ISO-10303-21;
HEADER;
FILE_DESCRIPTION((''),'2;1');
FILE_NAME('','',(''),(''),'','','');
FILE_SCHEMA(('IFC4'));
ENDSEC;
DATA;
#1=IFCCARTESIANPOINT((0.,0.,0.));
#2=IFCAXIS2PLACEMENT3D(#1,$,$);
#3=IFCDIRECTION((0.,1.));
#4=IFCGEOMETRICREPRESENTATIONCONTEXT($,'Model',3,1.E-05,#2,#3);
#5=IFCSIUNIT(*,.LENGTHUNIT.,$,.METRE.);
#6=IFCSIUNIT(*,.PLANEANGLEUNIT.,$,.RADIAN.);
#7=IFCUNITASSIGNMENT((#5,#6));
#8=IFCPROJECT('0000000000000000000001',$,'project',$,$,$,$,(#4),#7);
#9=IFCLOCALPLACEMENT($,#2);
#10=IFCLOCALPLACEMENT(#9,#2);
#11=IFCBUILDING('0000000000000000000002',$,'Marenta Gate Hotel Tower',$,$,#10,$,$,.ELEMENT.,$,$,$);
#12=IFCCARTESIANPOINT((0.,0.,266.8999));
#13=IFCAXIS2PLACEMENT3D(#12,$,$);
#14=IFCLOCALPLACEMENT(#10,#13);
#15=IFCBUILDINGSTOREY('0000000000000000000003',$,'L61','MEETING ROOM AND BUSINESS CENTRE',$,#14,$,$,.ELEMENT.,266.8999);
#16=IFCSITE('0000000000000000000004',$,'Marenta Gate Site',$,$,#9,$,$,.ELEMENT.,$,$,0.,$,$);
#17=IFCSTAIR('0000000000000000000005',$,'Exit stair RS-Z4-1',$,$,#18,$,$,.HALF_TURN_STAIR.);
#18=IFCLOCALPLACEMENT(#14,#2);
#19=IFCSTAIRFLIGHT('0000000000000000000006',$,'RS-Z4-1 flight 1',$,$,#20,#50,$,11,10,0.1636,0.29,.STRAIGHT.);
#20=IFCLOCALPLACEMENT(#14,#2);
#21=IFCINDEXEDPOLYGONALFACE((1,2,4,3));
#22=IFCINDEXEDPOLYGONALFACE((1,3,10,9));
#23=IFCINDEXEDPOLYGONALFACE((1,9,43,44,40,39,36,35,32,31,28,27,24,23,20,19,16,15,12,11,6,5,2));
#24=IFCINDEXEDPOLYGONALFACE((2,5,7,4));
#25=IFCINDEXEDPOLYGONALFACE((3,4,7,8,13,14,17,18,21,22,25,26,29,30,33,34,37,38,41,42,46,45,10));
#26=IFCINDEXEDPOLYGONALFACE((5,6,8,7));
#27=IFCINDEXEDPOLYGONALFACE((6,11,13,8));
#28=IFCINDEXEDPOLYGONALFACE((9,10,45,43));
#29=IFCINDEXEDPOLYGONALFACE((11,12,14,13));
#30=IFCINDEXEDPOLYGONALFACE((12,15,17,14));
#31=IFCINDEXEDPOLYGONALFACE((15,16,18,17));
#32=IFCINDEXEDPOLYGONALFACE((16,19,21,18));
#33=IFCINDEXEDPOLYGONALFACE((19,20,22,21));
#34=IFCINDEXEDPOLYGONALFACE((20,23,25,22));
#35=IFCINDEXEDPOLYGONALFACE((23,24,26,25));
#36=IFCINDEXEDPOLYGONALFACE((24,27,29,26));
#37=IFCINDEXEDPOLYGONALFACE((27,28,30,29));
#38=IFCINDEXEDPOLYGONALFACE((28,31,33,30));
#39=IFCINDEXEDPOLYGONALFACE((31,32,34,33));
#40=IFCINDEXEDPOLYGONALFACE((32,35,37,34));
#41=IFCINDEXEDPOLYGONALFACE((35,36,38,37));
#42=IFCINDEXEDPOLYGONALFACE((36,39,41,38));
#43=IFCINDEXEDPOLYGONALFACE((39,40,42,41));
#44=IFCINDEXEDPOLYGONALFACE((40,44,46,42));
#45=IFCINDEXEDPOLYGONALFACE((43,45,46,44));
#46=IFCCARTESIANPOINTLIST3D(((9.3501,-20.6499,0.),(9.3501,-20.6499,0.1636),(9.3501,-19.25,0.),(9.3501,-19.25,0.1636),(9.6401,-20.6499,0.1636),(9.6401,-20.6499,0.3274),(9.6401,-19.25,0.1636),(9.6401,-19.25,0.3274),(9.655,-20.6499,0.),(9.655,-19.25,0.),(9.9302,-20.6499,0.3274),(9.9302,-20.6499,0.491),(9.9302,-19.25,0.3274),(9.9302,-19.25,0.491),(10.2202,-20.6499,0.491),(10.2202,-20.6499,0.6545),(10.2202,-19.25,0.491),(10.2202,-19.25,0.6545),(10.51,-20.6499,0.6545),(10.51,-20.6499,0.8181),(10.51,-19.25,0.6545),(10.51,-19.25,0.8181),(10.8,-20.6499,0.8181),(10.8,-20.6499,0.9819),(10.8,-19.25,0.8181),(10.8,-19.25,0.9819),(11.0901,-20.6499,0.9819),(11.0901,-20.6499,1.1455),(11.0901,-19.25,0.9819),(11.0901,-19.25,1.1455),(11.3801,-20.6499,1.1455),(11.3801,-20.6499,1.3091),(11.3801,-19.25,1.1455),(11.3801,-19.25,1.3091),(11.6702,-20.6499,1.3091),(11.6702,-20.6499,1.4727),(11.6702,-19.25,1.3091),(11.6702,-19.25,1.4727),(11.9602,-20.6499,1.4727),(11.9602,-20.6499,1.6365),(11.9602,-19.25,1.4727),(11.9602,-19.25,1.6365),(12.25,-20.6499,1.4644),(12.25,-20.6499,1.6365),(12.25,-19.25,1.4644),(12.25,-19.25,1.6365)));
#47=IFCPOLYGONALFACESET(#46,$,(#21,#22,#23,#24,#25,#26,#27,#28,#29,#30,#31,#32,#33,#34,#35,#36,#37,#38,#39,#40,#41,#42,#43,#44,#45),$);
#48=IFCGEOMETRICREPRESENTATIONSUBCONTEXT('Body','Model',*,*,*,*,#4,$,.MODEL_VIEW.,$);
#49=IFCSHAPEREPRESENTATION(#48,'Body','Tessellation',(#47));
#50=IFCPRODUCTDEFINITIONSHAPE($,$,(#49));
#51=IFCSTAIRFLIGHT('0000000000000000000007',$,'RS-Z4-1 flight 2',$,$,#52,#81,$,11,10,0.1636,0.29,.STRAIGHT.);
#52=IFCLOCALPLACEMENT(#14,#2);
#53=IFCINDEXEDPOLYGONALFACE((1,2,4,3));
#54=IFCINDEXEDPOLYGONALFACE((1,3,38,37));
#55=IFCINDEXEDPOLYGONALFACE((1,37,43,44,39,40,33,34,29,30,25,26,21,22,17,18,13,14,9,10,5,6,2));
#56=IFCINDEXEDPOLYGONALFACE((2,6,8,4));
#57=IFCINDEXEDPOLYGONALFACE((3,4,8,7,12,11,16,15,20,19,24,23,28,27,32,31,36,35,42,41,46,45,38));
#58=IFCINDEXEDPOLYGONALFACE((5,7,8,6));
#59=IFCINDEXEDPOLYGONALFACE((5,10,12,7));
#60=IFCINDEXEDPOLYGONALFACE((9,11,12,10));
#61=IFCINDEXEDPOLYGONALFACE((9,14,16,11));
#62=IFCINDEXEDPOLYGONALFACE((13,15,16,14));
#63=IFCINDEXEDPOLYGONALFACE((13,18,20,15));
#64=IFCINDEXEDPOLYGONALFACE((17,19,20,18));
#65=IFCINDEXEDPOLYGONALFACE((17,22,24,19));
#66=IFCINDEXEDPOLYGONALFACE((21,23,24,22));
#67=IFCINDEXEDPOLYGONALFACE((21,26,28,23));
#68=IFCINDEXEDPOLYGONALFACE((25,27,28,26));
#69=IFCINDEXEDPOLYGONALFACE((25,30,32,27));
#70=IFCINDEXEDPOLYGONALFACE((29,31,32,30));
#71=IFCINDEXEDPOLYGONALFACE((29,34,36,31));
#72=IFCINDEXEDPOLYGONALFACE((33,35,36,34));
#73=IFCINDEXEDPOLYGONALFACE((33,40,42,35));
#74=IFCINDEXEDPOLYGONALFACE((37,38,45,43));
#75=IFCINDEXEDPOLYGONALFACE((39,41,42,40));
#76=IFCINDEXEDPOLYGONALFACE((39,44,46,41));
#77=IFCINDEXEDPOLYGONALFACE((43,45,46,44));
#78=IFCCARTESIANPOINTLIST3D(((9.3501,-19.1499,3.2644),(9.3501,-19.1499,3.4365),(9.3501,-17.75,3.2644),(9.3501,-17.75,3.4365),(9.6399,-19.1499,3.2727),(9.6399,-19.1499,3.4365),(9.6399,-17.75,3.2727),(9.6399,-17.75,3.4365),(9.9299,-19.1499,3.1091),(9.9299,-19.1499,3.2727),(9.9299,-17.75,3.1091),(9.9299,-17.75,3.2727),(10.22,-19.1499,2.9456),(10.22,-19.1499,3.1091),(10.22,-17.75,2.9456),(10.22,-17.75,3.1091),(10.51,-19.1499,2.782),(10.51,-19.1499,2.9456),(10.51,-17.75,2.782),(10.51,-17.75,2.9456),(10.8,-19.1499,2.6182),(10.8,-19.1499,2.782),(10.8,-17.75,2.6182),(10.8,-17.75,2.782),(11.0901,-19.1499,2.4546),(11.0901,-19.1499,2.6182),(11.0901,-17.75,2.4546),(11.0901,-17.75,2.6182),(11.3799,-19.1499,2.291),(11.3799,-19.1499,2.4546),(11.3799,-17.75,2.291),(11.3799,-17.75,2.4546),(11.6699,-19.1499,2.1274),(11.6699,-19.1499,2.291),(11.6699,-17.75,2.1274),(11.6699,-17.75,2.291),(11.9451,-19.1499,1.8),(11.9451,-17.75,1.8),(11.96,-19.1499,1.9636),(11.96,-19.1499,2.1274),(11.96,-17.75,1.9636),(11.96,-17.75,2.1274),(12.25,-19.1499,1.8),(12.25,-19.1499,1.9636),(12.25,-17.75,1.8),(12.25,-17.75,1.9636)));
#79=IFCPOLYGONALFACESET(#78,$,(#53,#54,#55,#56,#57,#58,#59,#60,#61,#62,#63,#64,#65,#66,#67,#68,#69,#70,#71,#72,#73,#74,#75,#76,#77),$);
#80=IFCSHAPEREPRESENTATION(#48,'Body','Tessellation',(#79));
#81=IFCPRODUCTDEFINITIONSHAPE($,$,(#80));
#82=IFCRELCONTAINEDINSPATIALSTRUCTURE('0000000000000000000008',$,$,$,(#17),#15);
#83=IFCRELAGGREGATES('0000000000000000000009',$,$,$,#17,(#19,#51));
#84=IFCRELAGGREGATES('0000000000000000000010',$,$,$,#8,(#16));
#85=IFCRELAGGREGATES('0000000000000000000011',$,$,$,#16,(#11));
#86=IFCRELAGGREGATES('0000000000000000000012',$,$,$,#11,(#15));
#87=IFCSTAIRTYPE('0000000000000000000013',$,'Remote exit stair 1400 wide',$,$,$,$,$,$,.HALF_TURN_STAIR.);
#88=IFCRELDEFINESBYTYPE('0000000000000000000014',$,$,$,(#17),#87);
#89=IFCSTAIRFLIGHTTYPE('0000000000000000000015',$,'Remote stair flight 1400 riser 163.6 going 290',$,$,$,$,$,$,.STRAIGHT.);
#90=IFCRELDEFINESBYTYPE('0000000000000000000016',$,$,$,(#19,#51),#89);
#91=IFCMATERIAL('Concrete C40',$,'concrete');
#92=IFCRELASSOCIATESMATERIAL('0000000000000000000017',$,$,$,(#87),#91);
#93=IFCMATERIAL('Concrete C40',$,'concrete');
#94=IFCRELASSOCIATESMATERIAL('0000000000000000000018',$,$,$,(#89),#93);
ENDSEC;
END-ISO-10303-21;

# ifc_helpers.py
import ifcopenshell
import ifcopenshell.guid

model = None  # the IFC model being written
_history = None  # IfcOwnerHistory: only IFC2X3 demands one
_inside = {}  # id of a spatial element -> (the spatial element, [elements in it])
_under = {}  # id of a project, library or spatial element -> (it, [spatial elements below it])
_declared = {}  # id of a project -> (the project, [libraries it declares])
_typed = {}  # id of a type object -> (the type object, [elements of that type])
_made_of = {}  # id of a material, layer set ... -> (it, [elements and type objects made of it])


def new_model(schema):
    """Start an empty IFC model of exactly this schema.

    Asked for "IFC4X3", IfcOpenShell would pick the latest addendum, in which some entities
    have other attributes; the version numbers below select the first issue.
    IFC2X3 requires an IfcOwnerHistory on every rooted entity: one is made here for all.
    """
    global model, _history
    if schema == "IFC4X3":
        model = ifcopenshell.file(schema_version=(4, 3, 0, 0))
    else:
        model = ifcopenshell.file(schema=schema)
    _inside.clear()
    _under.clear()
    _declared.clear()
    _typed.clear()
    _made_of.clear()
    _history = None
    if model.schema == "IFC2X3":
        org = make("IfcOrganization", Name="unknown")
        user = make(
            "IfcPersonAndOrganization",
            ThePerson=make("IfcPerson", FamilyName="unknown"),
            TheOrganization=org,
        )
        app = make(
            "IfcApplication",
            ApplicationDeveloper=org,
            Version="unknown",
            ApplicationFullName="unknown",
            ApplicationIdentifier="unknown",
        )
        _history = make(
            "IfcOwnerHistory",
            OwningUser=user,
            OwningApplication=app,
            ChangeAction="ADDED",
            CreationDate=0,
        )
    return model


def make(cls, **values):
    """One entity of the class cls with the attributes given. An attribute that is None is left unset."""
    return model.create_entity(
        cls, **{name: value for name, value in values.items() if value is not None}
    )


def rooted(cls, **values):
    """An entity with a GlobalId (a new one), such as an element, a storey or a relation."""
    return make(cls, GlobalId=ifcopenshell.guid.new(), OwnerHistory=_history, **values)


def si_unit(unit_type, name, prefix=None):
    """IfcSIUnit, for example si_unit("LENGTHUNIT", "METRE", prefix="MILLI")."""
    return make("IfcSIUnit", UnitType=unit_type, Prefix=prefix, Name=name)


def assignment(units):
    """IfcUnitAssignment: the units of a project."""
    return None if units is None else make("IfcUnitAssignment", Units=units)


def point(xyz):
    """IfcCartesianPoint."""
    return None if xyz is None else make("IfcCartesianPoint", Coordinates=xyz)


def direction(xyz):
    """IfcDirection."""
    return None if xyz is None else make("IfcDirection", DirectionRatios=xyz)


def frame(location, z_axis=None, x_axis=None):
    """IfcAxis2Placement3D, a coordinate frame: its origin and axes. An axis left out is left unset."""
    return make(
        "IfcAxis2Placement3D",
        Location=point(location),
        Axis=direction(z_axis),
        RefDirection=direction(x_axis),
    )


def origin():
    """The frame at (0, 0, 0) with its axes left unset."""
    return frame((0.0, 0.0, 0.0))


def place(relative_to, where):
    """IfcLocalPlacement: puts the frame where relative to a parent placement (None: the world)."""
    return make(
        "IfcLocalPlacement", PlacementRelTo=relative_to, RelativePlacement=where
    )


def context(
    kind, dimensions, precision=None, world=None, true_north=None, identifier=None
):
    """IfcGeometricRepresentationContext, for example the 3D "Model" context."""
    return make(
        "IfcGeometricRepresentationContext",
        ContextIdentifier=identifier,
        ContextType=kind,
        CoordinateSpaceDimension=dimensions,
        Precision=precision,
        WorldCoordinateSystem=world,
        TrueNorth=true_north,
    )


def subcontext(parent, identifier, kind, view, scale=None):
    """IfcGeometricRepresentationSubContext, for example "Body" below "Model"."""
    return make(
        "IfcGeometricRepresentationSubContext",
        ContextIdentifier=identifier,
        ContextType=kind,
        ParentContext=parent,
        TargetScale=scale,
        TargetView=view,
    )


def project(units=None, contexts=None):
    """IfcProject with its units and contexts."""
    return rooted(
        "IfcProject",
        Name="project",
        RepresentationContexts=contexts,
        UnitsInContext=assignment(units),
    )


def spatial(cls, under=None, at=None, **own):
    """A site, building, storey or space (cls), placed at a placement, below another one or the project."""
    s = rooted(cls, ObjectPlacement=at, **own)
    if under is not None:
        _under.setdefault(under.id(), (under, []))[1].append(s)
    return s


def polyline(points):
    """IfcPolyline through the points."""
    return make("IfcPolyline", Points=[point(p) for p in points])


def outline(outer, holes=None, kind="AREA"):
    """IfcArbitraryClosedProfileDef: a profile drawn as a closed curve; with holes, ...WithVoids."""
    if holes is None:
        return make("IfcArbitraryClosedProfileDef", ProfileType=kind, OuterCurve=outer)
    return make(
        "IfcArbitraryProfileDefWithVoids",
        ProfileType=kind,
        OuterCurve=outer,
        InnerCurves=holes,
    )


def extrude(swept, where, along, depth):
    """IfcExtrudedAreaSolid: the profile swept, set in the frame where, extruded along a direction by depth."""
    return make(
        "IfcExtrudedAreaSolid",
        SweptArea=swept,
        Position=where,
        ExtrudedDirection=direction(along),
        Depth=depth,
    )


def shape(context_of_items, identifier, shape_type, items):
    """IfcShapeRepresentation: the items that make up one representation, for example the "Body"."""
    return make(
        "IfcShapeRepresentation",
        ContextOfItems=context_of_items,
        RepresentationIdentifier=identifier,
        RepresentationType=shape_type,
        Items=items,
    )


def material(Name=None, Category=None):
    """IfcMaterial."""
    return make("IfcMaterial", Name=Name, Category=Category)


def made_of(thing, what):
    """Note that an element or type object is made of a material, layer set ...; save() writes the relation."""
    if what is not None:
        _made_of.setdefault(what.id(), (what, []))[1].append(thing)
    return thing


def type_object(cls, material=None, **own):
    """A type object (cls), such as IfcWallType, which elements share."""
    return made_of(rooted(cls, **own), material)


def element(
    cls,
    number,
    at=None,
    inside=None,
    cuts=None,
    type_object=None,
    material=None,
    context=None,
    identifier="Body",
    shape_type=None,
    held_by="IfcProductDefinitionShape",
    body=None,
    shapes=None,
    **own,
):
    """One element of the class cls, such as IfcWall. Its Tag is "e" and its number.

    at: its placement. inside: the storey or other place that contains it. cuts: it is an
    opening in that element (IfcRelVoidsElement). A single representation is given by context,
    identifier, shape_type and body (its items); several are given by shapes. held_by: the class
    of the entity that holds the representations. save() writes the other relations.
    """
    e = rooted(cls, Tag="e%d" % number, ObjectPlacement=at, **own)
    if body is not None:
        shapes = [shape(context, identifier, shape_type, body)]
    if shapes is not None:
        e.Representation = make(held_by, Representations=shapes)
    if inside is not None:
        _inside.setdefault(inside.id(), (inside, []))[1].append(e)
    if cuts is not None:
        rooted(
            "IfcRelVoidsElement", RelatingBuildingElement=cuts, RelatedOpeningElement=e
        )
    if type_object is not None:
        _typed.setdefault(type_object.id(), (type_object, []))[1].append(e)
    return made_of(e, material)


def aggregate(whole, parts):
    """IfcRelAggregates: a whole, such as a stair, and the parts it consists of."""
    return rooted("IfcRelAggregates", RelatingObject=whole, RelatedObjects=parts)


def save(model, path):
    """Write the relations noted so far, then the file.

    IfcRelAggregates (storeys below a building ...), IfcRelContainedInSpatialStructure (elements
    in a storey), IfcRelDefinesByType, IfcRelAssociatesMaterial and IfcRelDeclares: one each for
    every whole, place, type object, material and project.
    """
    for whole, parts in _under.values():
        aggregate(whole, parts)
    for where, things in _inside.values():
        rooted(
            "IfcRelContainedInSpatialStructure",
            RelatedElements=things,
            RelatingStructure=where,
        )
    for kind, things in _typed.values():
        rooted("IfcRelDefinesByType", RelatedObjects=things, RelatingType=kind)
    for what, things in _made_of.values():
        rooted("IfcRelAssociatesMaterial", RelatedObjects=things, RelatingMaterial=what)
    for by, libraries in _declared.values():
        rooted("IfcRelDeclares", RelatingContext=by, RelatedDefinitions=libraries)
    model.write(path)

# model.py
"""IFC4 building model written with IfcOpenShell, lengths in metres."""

from ifc_helpers import new_model, si_unit, direction, frame, origin, place, context, subcontext, project, spatial, polyline, outline, extrude, material, type_object, element, aggregate, save


model = new_model("IFC4")

# Units and contexts
model_context = context("Model", 3, precision=1e-05, world=origin(), true_north=direction((0.0, 1.0)))
body_context = subcontext(model_context, "Body", "Model", "MODEL_VIEW")
ifc_project = project(units=[si_unit("LENGTHUNIT", "METRE"), si_unit("PLANEANGLEUNIT", "RADIAN")], contexts=[model_context])

# Site, building, storey
site_placement = place(None, origin())
site = spatial("IfcSite", under=ifc_project, at=site_placement, Name="Marenta Gate Site", CompositionType="ELEMENT", RefElevation=0.0)
building_placement = place(site_placement, origin())
building = spatial("IfcBuilding", under=site, at=building_placement, Name="Marenta Gate Hotel Tower", CompositionType="ELEMENT")
storey_placement = place(building_placement, frame((0.0, 0.0, 266.8999)))
storey = spatial("IfcBuildingStorey", under=building, at=storey_placement, Name="L61", Description="MEETING ROOM AND BUSINESS CENTRE", CompositionType="ELEMENT", Elevation=266.8999)

# Stair, stair flights
ifc_material_1 = material(Name="Concrete C40", Category="concrete")
stair_type = type_object("IfcStairType", Name="Remote exit stair 1400 wide", PredefinedType="HALF_TURN_STAIR", material=ifc_material_1)
stair_placement = place(storey_placement, origin())
stair = element("IfcStair", 1, at=stair_placement, inside=storey, type_object=stair_type, Name="Exit stair RS-Z4-1", PredefinedType="HALF_TURN_STAIR")
ifc_material_2 = material(Name="Concrete C40", Category="concrete")
stair_flight_type = type_object("IfcStairFlightType", Name="Remote stair flight 1400 riser 163.6 going 290", PredefinedType="STRAIGHT", material=ifc_material_2)
stair_flight_1_placement = place(storey_placement, frame((9.3501, -19.95, 0.0), z_axis=(0.0, 0.0, 1.0), x_axis=(1.0, 0.0, 0.0)))
stair_flight_1 = element("IfcStairFlight", 2, at=stair_flight_1_placement, type_object=stair_flight_type, Name="RS-Z4-1 flight 1", NumberOfRisers=11, NumberOfTreads=10, PredefinedType="STRAIGHT", RiserHeight=0.1636, TreadLength=0.29, context=body_context, shape_type="SweptSolid", body=[
    extrude(outline(polyline([(0.0, 0.0), (0.0, 0.1636), (0.29, 0.1636), (0.29, 0.3274), (0.5801, 0.3274), (0.5801, 0.491), (0.8701, 0.491), (0.8701, 0.6545), (1.1599, 0.6545), (1.1599, 0.8181), (1.45, 0.8181), (1.45, 0.9819), (1.74, 0.9819), (1.74, 1.1455), (2.03, 1.1455), (2.03, 1.3091), (2.3201, 1.3091), (2.3201, 1.4727), (2.6101, 1.4727), (2.6101, 1.6365), (2.8999, 1.6365), (2.8999, 1.8), (2.8999, 1.4644), (0.3049, 0.0), (0.0, 0.0)])), frame((0.0, 0.7, 0.0), z_axis=(0.0, -1.0, 0.0), x_axis=(1.0, 0.0, 0.0)), (0.0, 0.0, 1.0), 1.3999),
])
stair_flight_2_placement = place(storey_placement, frame((12.25, -18.45, 1.8), z_axis=(0.0, 0.0, 1.0), x_axis=(-1.0, 0.0, 0.0)))
stair_flight_2 = element("IfcStairFlight", 3, at=stair_flight_2_placement, type_object=stair_flight_type, Name="RS-Z4-1 flight 2", NumberOfRisers=11, NumberOfTreads=10, PredefinedType="STRAIGHT", RiserHeight=0.1636, TreadLength=0.29, context=body_context, shape_type="SweptSolid", body=[
    extrude(outline(polyline([(0.0, 0.0), (0.0, 0.1636), (0.29, 0.1636), (0.29, 0.3274), (0.5801, 0.3274), (0.5801, 0.491), (0.8701, 0.491), (0.8701, 0.6545), (1.1599, 0.6545), (1.1599, 0.8181), (1.45, 0.8181), (1.45, 0.9819), (1.74, 0.9819), (1.74, 1.1455), (2.03, 1.1455), (2.03, 1.3091), (2.3201, 1.3091), (2.3201, 1.4727), (2.6101, 1.4727), (2.6101, 1.6365), (2.8999, 1.6365), (2.8999, 1.8), (2.8999, 1.4644), (0.3049, 0.0), (0.0, 0.0)])), frame((0.0, 0.7, 0.0), z_axis=(0.0, -1.0, 0.0), x_axis=(1.0, 0.0, 0.0)), (0.0, 0.0, 1.0), 1.3999),
])
aggregate(stair, [stair_flight_1, stair_flight_2])

save(model, "model.ifc")
